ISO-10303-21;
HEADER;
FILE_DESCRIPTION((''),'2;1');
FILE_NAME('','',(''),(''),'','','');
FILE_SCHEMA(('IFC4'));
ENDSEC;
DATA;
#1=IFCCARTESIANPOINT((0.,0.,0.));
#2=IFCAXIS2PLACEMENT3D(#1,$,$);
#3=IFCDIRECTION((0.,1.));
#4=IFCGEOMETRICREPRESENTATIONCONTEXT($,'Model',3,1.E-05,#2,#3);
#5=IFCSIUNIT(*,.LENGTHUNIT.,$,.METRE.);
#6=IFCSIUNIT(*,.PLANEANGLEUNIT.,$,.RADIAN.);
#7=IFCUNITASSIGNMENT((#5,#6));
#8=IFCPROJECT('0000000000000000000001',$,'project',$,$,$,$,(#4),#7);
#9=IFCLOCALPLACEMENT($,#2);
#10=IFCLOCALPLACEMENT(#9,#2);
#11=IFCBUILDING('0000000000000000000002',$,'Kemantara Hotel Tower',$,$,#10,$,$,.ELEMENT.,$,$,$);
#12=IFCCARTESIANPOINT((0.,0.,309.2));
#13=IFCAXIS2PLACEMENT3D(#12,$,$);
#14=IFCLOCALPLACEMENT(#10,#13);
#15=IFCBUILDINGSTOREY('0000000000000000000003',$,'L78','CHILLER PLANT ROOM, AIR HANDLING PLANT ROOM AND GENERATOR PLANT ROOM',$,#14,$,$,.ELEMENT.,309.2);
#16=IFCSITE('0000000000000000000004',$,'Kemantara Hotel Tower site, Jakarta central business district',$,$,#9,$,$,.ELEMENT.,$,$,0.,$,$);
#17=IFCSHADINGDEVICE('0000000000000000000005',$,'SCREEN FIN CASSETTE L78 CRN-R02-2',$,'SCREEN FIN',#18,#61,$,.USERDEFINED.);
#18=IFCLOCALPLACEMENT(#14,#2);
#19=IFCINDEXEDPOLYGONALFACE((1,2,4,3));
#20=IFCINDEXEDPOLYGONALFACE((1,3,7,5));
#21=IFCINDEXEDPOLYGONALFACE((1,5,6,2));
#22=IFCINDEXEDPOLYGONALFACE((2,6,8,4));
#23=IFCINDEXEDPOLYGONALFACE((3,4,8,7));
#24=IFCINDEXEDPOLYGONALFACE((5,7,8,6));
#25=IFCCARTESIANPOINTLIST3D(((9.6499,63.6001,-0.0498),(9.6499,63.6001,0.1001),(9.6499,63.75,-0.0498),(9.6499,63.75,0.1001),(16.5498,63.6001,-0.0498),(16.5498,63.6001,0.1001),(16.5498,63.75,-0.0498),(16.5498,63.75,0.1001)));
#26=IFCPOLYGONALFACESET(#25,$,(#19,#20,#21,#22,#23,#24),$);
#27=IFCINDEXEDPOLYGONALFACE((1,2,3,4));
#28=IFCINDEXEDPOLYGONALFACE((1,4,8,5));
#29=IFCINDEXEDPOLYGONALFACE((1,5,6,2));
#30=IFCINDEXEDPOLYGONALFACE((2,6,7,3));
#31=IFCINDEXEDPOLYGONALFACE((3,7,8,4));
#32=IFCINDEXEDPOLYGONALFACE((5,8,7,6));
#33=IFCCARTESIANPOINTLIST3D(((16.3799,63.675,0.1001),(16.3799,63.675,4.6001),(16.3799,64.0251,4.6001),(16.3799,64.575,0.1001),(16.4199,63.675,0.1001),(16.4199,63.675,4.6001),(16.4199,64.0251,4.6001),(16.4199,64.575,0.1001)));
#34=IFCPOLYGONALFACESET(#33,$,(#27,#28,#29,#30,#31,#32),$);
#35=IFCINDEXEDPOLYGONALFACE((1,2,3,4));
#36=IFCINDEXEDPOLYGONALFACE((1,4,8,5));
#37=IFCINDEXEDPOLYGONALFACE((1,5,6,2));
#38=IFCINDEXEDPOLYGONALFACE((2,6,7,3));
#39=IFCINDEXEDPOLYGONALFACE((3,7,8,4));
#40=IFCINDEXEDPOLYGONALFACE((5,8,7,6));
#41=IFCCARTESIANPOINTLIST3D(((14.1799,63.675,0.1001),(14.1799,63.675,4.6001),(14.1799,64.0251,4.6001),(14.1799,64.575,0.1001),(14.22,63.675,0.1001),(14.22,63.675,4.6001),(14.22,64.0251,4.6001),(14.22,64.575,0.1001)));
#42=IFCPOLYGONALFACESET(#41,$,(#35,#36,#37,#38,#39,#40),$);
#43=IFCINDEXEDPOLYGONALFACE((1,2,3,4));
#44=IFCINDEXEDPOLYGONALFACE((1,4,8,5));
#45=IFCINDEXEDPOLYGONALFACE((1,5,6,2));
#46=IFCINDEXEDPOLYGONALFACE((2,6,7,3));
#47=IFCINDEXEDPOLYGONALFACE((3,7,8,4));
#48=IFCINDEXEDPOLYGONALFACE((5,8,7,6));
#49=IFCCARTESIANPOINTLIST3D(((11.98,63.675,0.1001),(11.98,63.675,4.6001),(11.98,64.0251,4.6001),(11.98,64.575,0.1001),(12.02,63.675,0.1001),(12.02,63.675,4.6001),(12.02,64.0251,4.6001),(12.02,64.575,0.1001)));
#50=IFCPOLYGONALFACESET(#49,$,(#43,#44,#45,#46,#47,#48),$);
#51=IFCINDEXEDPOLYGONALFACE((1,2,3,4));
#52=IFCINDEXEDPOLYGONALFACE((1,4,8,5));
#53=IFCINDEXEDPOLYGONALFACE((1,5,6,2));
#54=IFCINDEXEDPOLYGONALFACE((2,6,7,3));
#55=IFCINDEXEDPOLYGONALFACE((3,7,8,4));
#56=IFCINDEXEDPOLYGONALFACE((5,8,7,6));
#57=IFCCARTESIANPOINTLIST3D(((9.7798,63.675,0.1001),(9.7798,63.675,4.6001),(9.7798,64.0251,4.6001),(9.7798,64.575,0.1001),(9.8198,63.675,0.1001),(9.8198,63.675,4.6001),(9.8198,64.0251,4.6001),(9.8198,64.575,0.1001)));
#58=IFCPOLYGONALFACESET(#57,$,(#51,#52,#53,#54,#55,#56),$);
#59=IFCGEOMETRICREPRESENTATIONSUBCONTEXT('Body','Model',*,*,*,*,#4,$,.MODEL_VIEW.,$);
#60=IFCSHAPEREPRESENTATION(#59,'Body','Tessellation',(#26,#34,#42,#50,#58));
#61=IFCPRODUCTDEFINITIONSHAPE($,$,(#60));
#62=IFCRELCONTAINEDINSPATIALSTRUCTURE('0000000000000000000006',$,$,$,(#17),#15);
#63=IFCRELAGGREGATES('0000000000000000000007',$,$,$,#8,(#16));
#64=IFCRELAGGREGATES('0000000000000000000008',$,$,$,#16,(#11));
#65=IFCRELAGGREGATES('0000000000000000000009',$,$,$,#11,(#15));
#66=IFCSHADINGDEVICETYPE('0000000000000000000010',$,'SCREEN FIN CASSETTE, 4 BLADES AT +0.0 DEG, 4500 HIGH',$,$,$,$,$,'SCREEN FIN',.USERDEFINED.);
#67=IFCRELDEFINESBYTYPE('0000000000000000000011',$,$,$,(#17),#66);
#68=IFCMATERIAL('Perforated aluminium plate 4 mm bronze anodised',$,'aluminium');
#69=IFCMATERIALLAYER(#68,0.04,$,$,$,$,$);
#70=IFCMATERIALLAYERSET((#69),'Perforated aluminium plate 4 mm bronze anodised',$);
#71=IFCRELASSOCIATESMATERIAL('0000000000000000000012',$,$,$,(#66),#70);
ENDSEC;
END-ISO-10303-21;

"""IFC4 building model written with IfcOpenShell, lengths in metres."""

from ifc_helpers import new_model, si_unit, direction, frame, origin, origin_2d, place, context, subcontext, project, spatial, polyline, rectangle, outline, extrude, source, transform, mapped, material, layer, layer_set, type_object, element, save


model = new_model("IFC4")

# Units and contexts
model_context = context("Model", 3, precision=1e-05, world=origin(), true_north=direction((0.0, 1.0)))
body_context = subcontext(model_context, "Body", "Model", "MODEL_VIEW")
ifc_project = project(units=[si_unit("LENGTHUNIT", "METRE"), si_unit("PLANEANGLEUNIT", "RADIAN")], contexts=[model_context])

# Site, building, storey
site_placement = place(None, origin())
site = spatial("IfcSite", under=ifc_project, at=site_placement, Name="Kemantara Hotel Tower site, Jakarta central business district", CompositionType="ELEMENT", RefElevation=0.0)
building_placement = place(site_placement, origin())
building = spatial("IfcBuilding", under=site, at=building_placement, Name="Kemantara Hotel Tower", CompositionType="ELEMENT")
storey_placement = place(building_placement, frame((0.0, 0.0, 309.2)))
storey = spatial("IfcBuildingStorey", under=building, at=storey_placement, Name="L78", Description="CHILLER PLANT ROOM, AIR HANDLING PLANT ROOM AND GENERATOR PLANT ROOM", CompositionType="ELEMENT", Elevation=309.2)

# Shading device
ifc_material_1 = material(Name="Perforated aluminium plate 4 mm bronze anodised", Category="aluminium")
ifc_layer_1 = layer(ifc_material_1, 0.04)
ifc_layer_set_1 = layer_set([ifc_layer_1], Name="Perforated aluminium plate 4 mm bronze anodised")
shading_device_type_1 = type_object("IfcShadingDeviceType", Name="SCREEN FIN CASSETTE, 4 BLADES AT +0.0 DEG, 4500 HIGH", ElementType="SCREEN FIN", PredefinedType="USERDEFINED", material=ifc_layer_set_1)
shared_shape_1 = source(origin(), body_context, "Body", "SweptSolid", [
    extrude(rectangle(XDim=6.8999, YDim=0.1499, at=origin_2d()), frame((3.3, -0.075, -0.1499), z_axis=(0.0, 0.0, 1.0), x_axis=(1.0, 0.0, 0.0)), (0.0, 0.0, 1.0), 0.1499),
    extrude(outline(polyline([(0.0, 0.0), (0.8999, 0.0), (0.3501, 4.5), (0.0, 4.5), (0.0, 0.0)])), frame((0.02, -0.075, 0.0), z_axis=(-1.0, 0.0, 0.0), x_axis=(0.0, -1.0, 0.0)), (0.0, 0.0, 1.0), 0.04),
    extrude(outline(polyline([(0.0, 0.0), (0.8999, 0.0), (0.3501, 4.5), (0.0, 4.5), (0.0, 0.0)])), frame((2.22, -0.075, 0.0), z_axis=(-1.0, 0.0, 0.0), x_axis=(0.0, -1.0, 0.0)), (0.0, 0.0, 1.0), 0.04),
    extrude(outline(polyline([(0.0, 0.0), (0.8999, 0.0), (0.3501, 4.5), (0.0, 4.5), (0.0, 0.0)])), frame((4.4199, -0.075, 0.0), z_axis=(-1.0, 0.0, 0.0), x_axis=(0.0, -1.0, 0.0)), (0.0, 0.0, 1.0), 0.04),
    extrude(outline(polyline([(0.0, 0.0), (0.8999, 0.0), (0.3501, 4.5), (0.0, 4.5), (0.0, 0.0)])), frame((6.6201, -0.075, 0.0), z_axis=(-1.0, 0.0, 0.0), x_axis=(0.0, -1.0, 0.0)), (0.0, 0.0, 1.0), 0.04),
])
shading_device_1_placement = place(storey_placement, frame((16.3999, 63.6001, 0.1001), z_axis=(0.0, 0.0, 1.0), x_axis=(-1.0, 0.0, 0.0)))
element("IfcShadingDevice", 1, at=shading_device_1_placement, inside=storey, type_object=shading_device_type_1, Name="SCREEN FIN CASSETTE L78 CRN-R02-2", ObjectType="SCREEN FIN", PredefinedType="USERDEFINED", context=body_context, shape_type="MappedRepresentation", body=[
    mapped(shared_shape_1, transform((0.0, 0.0, 0.0))),
])

save(model, "model.ifc")
